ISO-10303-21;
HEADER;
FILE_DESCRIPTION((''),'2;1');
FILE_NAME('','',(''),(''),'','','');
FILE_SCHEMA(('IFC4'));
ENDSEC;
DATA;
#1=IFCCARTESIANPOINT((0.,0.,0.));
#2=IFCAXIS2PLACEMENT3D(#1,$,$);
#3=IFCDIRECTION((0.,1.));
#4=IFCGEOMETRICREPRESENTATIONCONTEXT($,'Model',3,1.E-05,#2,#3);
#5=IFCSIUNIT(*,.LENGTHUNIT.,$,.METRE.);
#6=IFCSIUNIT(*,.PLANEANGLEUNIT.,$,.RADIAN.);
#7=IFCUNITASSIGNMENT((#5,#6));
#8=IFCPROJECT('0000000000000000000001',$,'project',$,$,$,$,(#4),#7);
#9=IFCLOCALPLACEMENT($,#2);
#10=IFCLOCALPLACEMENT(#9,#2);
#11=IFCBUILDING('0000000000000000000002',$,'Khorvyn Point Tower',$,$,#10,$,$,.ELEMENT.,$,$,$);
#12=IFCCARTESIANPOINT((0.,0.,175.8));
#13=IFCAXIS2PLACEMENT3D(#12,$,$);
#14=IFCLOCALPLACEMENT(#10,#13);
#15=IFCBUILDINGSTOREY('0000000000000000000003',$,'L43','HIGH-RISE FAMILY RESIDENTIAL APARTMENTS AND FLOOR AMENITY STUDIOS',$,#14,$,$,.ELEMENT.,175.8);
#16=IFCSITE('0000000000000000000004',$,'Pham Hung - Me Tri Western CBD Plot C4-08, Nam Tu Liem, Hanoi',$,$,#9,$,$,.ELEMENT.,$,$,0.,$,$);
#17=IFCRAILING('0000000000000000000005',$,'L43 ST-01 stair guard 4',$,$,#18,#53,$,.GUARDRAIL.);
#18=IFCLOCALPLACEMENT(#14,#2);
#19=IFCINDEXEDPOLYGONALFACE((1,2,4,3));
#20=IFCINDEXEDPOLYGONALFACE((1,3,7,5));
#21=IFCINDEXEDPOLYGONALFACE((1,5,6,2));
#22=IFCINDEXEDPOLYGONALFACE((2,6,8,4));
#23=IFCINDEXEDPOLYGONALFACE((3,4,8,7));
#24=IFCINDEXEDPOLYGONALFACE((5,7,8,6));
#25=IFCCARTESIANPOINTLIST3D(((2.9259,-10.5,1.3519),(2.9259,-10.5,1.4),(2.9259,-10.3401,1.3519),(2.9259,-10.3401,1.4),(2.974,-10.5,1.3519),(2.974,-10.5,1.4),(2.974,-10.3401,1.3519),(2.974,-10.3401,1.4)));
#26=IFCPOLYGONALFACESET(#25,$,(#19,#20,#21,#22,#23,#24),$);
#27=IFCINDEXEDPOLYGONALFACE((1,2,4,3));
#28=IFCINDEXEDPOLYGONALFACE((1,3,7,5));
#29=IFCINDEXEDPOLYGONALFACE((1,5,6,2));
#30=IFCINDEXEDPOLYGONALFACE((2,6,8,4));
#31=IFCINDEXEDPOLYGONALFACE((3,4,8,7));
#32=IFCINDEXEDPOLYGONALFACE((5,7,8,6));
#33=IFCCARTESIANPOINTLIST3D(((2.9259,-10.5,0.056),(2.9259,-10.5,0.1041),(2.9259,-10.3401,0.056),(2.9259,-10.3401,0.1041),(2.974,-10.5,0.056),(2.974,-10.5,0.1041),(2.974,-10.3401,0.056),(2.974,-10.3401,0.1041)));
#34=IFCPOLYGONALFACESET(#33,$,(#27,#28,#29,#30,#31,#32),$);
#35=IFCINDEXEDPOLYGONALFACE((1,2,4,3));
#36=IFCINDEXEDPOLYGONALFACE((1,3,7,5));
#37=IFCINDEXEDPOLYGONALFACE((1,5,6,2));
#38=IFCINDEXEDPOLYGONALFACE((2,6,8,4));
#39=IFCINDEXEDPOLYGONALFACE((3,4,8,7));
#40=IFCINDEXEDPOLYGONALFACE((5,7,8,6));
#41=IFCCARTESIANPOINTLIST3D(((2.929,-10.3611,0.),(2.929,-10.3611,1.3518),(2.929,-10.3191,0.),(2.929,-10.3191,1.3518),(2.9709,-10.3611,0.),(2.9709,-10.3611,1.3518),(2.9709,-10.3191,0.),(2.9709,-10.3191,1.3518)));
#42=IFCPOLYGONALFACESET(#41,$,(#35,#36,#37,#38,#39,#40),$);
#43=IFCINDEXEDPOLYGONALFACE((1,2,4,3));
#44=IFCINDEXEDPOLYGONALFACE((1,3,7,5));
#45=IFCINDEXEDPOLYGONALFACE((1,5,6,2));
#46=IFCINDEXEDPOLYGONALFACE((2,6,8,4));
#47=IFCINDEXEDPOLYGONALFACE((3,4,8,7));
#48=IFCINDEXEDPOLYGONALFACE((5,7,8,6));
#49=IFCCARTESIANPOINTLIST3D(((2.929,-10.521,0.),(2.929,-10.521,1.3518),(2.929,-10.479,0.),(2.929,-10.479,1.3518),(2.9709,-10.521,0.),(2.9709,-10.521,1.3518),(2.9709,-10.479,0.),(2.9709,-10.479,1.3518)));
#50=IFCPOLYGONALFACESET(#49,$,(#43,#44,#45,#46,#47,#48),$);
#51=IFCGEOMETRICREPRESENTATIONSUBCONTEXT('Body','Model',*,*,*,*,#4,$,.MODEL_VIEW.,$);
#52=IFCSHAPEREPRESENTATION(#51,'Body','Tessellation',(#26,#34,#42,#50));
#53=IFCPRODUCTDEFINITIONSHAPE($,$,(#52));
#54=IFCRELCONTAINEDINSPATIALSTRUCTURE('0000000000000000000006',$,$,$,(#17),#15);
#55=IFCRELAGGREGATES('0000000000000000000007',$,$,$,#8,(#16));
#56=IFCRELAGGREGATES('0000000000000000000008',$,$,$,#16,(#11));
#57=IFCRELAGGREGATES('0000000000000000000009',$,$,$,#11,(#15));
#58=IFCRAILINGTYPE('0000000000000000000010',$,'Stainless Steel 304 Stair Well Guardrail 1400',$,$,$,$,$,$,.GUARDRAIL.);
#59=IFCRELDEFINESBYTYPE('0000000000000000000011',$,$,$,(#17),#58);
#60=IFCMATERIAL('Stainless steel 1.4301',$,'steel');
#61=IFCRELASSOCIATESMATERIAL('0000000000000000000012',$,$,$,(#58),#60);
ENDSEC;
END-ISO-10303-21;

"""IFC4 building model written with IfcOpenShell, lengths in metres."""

from ifc_helpers import new_model, si_unit, direction, frame, origin, origin_2d, place, context, subcontext, project, spatial, rectangle, extrude, material, type_object, element, save


model = new_model("IFC4")

# Units and contexts
model_context = context("Model", 3, precision=1e-05, world=origin(), true_north=direction((0.0, 1.0)))
body_context = subcontext(model_context, "Body", "Model", "MODEL_VIEW")
ifc_project = project(units=[si_unit("LENGTHUNIT", "METRE"), si_unit("PLANEANGLEUNIT", "RADIAN")], contexts=[model_context])

# Site, building, storey
site_placement = place(None, origin())
site = spatial("IfcSite", under=ifc_project, at=site_placement, Name="Pham Hung - Me Tri Western CBD Plot C4-08, Nam Tu Liem, Hanoi", CompositionType="ELEMENT", RefElevation=0.0)
building_placement = place(site_placement, origin())
building = spatial("IfcBuilding", under=site, at=building_placement, Name="Khorvyn Point Tower", CompositionType="ELEMENT")
storey_placement = place(building_placement, frame((0.0, 0.0, 175.8)))
storey = spatial("IfcBuildingStorey", under=building, at=storey_placement, Name="L43", Description="HIGH-RISE FAMILY RESIDENTIAL APARTMENTS AND FLOOR AMENITY STUDIOS", CompositionType="ELEMENT", Elevation=175.8)

# Shared definitions
ifc_material_1 = material(Name="Stainless steel 1.4301", Category="steel")

# Railing
railing_type_1 = type_object("IfcRailingType", Name="Stainless Steel 304 Stair Well Guardrail 1400", PredefinedType="GUARDRAIL", material=ifc_material_1)
railing_1_placement = place(storey_placement, frame((2.95, -10.3401, 0.0)))
element("IfcRailing", 1, at=railing_1_placement, inside=storey, type_object=railing_type_1, Name="L43 ST-01 stair guard 4", PredefinedType="GUARDRAIL", context=body_context, shape_type="SweptSolid", body=[
    extrude(rectangle(XDim=0.0481, YDim=0.0481, at=origin_2d()), frame((0.0, 0.0, 1.376), z_axis=(0.0, -1.0, 0.0), x_axis=(1.0, 0.0, 0.0)), (0.0, 0.0, 1.0), 0.1599),
    extrude(rectangle(XDim=0.0481, YDim=0.0481, at=origin_2d()), frame((0.0, 0.0, 0.0801), z_axis=(0.0, -1.0, 0.0), x_axis=(1.0, 0.0, 0.0)), (0.0, 0.0, 1.0), 0.1599),
    extrude(rectangle(XDim=0.042, YDim=0.042, at=origin_2d()), origin(), (0.0, 0.0, 1.0), 1.3518),
    extrude(rectangle(XDim=0.042, YDim=0.042, at=origin_2d()), frame((0.0, -0.1599, 0.0)), (0.0, 0.0, 1.0), 1.3518),
])

save(model, "model.ifc")
